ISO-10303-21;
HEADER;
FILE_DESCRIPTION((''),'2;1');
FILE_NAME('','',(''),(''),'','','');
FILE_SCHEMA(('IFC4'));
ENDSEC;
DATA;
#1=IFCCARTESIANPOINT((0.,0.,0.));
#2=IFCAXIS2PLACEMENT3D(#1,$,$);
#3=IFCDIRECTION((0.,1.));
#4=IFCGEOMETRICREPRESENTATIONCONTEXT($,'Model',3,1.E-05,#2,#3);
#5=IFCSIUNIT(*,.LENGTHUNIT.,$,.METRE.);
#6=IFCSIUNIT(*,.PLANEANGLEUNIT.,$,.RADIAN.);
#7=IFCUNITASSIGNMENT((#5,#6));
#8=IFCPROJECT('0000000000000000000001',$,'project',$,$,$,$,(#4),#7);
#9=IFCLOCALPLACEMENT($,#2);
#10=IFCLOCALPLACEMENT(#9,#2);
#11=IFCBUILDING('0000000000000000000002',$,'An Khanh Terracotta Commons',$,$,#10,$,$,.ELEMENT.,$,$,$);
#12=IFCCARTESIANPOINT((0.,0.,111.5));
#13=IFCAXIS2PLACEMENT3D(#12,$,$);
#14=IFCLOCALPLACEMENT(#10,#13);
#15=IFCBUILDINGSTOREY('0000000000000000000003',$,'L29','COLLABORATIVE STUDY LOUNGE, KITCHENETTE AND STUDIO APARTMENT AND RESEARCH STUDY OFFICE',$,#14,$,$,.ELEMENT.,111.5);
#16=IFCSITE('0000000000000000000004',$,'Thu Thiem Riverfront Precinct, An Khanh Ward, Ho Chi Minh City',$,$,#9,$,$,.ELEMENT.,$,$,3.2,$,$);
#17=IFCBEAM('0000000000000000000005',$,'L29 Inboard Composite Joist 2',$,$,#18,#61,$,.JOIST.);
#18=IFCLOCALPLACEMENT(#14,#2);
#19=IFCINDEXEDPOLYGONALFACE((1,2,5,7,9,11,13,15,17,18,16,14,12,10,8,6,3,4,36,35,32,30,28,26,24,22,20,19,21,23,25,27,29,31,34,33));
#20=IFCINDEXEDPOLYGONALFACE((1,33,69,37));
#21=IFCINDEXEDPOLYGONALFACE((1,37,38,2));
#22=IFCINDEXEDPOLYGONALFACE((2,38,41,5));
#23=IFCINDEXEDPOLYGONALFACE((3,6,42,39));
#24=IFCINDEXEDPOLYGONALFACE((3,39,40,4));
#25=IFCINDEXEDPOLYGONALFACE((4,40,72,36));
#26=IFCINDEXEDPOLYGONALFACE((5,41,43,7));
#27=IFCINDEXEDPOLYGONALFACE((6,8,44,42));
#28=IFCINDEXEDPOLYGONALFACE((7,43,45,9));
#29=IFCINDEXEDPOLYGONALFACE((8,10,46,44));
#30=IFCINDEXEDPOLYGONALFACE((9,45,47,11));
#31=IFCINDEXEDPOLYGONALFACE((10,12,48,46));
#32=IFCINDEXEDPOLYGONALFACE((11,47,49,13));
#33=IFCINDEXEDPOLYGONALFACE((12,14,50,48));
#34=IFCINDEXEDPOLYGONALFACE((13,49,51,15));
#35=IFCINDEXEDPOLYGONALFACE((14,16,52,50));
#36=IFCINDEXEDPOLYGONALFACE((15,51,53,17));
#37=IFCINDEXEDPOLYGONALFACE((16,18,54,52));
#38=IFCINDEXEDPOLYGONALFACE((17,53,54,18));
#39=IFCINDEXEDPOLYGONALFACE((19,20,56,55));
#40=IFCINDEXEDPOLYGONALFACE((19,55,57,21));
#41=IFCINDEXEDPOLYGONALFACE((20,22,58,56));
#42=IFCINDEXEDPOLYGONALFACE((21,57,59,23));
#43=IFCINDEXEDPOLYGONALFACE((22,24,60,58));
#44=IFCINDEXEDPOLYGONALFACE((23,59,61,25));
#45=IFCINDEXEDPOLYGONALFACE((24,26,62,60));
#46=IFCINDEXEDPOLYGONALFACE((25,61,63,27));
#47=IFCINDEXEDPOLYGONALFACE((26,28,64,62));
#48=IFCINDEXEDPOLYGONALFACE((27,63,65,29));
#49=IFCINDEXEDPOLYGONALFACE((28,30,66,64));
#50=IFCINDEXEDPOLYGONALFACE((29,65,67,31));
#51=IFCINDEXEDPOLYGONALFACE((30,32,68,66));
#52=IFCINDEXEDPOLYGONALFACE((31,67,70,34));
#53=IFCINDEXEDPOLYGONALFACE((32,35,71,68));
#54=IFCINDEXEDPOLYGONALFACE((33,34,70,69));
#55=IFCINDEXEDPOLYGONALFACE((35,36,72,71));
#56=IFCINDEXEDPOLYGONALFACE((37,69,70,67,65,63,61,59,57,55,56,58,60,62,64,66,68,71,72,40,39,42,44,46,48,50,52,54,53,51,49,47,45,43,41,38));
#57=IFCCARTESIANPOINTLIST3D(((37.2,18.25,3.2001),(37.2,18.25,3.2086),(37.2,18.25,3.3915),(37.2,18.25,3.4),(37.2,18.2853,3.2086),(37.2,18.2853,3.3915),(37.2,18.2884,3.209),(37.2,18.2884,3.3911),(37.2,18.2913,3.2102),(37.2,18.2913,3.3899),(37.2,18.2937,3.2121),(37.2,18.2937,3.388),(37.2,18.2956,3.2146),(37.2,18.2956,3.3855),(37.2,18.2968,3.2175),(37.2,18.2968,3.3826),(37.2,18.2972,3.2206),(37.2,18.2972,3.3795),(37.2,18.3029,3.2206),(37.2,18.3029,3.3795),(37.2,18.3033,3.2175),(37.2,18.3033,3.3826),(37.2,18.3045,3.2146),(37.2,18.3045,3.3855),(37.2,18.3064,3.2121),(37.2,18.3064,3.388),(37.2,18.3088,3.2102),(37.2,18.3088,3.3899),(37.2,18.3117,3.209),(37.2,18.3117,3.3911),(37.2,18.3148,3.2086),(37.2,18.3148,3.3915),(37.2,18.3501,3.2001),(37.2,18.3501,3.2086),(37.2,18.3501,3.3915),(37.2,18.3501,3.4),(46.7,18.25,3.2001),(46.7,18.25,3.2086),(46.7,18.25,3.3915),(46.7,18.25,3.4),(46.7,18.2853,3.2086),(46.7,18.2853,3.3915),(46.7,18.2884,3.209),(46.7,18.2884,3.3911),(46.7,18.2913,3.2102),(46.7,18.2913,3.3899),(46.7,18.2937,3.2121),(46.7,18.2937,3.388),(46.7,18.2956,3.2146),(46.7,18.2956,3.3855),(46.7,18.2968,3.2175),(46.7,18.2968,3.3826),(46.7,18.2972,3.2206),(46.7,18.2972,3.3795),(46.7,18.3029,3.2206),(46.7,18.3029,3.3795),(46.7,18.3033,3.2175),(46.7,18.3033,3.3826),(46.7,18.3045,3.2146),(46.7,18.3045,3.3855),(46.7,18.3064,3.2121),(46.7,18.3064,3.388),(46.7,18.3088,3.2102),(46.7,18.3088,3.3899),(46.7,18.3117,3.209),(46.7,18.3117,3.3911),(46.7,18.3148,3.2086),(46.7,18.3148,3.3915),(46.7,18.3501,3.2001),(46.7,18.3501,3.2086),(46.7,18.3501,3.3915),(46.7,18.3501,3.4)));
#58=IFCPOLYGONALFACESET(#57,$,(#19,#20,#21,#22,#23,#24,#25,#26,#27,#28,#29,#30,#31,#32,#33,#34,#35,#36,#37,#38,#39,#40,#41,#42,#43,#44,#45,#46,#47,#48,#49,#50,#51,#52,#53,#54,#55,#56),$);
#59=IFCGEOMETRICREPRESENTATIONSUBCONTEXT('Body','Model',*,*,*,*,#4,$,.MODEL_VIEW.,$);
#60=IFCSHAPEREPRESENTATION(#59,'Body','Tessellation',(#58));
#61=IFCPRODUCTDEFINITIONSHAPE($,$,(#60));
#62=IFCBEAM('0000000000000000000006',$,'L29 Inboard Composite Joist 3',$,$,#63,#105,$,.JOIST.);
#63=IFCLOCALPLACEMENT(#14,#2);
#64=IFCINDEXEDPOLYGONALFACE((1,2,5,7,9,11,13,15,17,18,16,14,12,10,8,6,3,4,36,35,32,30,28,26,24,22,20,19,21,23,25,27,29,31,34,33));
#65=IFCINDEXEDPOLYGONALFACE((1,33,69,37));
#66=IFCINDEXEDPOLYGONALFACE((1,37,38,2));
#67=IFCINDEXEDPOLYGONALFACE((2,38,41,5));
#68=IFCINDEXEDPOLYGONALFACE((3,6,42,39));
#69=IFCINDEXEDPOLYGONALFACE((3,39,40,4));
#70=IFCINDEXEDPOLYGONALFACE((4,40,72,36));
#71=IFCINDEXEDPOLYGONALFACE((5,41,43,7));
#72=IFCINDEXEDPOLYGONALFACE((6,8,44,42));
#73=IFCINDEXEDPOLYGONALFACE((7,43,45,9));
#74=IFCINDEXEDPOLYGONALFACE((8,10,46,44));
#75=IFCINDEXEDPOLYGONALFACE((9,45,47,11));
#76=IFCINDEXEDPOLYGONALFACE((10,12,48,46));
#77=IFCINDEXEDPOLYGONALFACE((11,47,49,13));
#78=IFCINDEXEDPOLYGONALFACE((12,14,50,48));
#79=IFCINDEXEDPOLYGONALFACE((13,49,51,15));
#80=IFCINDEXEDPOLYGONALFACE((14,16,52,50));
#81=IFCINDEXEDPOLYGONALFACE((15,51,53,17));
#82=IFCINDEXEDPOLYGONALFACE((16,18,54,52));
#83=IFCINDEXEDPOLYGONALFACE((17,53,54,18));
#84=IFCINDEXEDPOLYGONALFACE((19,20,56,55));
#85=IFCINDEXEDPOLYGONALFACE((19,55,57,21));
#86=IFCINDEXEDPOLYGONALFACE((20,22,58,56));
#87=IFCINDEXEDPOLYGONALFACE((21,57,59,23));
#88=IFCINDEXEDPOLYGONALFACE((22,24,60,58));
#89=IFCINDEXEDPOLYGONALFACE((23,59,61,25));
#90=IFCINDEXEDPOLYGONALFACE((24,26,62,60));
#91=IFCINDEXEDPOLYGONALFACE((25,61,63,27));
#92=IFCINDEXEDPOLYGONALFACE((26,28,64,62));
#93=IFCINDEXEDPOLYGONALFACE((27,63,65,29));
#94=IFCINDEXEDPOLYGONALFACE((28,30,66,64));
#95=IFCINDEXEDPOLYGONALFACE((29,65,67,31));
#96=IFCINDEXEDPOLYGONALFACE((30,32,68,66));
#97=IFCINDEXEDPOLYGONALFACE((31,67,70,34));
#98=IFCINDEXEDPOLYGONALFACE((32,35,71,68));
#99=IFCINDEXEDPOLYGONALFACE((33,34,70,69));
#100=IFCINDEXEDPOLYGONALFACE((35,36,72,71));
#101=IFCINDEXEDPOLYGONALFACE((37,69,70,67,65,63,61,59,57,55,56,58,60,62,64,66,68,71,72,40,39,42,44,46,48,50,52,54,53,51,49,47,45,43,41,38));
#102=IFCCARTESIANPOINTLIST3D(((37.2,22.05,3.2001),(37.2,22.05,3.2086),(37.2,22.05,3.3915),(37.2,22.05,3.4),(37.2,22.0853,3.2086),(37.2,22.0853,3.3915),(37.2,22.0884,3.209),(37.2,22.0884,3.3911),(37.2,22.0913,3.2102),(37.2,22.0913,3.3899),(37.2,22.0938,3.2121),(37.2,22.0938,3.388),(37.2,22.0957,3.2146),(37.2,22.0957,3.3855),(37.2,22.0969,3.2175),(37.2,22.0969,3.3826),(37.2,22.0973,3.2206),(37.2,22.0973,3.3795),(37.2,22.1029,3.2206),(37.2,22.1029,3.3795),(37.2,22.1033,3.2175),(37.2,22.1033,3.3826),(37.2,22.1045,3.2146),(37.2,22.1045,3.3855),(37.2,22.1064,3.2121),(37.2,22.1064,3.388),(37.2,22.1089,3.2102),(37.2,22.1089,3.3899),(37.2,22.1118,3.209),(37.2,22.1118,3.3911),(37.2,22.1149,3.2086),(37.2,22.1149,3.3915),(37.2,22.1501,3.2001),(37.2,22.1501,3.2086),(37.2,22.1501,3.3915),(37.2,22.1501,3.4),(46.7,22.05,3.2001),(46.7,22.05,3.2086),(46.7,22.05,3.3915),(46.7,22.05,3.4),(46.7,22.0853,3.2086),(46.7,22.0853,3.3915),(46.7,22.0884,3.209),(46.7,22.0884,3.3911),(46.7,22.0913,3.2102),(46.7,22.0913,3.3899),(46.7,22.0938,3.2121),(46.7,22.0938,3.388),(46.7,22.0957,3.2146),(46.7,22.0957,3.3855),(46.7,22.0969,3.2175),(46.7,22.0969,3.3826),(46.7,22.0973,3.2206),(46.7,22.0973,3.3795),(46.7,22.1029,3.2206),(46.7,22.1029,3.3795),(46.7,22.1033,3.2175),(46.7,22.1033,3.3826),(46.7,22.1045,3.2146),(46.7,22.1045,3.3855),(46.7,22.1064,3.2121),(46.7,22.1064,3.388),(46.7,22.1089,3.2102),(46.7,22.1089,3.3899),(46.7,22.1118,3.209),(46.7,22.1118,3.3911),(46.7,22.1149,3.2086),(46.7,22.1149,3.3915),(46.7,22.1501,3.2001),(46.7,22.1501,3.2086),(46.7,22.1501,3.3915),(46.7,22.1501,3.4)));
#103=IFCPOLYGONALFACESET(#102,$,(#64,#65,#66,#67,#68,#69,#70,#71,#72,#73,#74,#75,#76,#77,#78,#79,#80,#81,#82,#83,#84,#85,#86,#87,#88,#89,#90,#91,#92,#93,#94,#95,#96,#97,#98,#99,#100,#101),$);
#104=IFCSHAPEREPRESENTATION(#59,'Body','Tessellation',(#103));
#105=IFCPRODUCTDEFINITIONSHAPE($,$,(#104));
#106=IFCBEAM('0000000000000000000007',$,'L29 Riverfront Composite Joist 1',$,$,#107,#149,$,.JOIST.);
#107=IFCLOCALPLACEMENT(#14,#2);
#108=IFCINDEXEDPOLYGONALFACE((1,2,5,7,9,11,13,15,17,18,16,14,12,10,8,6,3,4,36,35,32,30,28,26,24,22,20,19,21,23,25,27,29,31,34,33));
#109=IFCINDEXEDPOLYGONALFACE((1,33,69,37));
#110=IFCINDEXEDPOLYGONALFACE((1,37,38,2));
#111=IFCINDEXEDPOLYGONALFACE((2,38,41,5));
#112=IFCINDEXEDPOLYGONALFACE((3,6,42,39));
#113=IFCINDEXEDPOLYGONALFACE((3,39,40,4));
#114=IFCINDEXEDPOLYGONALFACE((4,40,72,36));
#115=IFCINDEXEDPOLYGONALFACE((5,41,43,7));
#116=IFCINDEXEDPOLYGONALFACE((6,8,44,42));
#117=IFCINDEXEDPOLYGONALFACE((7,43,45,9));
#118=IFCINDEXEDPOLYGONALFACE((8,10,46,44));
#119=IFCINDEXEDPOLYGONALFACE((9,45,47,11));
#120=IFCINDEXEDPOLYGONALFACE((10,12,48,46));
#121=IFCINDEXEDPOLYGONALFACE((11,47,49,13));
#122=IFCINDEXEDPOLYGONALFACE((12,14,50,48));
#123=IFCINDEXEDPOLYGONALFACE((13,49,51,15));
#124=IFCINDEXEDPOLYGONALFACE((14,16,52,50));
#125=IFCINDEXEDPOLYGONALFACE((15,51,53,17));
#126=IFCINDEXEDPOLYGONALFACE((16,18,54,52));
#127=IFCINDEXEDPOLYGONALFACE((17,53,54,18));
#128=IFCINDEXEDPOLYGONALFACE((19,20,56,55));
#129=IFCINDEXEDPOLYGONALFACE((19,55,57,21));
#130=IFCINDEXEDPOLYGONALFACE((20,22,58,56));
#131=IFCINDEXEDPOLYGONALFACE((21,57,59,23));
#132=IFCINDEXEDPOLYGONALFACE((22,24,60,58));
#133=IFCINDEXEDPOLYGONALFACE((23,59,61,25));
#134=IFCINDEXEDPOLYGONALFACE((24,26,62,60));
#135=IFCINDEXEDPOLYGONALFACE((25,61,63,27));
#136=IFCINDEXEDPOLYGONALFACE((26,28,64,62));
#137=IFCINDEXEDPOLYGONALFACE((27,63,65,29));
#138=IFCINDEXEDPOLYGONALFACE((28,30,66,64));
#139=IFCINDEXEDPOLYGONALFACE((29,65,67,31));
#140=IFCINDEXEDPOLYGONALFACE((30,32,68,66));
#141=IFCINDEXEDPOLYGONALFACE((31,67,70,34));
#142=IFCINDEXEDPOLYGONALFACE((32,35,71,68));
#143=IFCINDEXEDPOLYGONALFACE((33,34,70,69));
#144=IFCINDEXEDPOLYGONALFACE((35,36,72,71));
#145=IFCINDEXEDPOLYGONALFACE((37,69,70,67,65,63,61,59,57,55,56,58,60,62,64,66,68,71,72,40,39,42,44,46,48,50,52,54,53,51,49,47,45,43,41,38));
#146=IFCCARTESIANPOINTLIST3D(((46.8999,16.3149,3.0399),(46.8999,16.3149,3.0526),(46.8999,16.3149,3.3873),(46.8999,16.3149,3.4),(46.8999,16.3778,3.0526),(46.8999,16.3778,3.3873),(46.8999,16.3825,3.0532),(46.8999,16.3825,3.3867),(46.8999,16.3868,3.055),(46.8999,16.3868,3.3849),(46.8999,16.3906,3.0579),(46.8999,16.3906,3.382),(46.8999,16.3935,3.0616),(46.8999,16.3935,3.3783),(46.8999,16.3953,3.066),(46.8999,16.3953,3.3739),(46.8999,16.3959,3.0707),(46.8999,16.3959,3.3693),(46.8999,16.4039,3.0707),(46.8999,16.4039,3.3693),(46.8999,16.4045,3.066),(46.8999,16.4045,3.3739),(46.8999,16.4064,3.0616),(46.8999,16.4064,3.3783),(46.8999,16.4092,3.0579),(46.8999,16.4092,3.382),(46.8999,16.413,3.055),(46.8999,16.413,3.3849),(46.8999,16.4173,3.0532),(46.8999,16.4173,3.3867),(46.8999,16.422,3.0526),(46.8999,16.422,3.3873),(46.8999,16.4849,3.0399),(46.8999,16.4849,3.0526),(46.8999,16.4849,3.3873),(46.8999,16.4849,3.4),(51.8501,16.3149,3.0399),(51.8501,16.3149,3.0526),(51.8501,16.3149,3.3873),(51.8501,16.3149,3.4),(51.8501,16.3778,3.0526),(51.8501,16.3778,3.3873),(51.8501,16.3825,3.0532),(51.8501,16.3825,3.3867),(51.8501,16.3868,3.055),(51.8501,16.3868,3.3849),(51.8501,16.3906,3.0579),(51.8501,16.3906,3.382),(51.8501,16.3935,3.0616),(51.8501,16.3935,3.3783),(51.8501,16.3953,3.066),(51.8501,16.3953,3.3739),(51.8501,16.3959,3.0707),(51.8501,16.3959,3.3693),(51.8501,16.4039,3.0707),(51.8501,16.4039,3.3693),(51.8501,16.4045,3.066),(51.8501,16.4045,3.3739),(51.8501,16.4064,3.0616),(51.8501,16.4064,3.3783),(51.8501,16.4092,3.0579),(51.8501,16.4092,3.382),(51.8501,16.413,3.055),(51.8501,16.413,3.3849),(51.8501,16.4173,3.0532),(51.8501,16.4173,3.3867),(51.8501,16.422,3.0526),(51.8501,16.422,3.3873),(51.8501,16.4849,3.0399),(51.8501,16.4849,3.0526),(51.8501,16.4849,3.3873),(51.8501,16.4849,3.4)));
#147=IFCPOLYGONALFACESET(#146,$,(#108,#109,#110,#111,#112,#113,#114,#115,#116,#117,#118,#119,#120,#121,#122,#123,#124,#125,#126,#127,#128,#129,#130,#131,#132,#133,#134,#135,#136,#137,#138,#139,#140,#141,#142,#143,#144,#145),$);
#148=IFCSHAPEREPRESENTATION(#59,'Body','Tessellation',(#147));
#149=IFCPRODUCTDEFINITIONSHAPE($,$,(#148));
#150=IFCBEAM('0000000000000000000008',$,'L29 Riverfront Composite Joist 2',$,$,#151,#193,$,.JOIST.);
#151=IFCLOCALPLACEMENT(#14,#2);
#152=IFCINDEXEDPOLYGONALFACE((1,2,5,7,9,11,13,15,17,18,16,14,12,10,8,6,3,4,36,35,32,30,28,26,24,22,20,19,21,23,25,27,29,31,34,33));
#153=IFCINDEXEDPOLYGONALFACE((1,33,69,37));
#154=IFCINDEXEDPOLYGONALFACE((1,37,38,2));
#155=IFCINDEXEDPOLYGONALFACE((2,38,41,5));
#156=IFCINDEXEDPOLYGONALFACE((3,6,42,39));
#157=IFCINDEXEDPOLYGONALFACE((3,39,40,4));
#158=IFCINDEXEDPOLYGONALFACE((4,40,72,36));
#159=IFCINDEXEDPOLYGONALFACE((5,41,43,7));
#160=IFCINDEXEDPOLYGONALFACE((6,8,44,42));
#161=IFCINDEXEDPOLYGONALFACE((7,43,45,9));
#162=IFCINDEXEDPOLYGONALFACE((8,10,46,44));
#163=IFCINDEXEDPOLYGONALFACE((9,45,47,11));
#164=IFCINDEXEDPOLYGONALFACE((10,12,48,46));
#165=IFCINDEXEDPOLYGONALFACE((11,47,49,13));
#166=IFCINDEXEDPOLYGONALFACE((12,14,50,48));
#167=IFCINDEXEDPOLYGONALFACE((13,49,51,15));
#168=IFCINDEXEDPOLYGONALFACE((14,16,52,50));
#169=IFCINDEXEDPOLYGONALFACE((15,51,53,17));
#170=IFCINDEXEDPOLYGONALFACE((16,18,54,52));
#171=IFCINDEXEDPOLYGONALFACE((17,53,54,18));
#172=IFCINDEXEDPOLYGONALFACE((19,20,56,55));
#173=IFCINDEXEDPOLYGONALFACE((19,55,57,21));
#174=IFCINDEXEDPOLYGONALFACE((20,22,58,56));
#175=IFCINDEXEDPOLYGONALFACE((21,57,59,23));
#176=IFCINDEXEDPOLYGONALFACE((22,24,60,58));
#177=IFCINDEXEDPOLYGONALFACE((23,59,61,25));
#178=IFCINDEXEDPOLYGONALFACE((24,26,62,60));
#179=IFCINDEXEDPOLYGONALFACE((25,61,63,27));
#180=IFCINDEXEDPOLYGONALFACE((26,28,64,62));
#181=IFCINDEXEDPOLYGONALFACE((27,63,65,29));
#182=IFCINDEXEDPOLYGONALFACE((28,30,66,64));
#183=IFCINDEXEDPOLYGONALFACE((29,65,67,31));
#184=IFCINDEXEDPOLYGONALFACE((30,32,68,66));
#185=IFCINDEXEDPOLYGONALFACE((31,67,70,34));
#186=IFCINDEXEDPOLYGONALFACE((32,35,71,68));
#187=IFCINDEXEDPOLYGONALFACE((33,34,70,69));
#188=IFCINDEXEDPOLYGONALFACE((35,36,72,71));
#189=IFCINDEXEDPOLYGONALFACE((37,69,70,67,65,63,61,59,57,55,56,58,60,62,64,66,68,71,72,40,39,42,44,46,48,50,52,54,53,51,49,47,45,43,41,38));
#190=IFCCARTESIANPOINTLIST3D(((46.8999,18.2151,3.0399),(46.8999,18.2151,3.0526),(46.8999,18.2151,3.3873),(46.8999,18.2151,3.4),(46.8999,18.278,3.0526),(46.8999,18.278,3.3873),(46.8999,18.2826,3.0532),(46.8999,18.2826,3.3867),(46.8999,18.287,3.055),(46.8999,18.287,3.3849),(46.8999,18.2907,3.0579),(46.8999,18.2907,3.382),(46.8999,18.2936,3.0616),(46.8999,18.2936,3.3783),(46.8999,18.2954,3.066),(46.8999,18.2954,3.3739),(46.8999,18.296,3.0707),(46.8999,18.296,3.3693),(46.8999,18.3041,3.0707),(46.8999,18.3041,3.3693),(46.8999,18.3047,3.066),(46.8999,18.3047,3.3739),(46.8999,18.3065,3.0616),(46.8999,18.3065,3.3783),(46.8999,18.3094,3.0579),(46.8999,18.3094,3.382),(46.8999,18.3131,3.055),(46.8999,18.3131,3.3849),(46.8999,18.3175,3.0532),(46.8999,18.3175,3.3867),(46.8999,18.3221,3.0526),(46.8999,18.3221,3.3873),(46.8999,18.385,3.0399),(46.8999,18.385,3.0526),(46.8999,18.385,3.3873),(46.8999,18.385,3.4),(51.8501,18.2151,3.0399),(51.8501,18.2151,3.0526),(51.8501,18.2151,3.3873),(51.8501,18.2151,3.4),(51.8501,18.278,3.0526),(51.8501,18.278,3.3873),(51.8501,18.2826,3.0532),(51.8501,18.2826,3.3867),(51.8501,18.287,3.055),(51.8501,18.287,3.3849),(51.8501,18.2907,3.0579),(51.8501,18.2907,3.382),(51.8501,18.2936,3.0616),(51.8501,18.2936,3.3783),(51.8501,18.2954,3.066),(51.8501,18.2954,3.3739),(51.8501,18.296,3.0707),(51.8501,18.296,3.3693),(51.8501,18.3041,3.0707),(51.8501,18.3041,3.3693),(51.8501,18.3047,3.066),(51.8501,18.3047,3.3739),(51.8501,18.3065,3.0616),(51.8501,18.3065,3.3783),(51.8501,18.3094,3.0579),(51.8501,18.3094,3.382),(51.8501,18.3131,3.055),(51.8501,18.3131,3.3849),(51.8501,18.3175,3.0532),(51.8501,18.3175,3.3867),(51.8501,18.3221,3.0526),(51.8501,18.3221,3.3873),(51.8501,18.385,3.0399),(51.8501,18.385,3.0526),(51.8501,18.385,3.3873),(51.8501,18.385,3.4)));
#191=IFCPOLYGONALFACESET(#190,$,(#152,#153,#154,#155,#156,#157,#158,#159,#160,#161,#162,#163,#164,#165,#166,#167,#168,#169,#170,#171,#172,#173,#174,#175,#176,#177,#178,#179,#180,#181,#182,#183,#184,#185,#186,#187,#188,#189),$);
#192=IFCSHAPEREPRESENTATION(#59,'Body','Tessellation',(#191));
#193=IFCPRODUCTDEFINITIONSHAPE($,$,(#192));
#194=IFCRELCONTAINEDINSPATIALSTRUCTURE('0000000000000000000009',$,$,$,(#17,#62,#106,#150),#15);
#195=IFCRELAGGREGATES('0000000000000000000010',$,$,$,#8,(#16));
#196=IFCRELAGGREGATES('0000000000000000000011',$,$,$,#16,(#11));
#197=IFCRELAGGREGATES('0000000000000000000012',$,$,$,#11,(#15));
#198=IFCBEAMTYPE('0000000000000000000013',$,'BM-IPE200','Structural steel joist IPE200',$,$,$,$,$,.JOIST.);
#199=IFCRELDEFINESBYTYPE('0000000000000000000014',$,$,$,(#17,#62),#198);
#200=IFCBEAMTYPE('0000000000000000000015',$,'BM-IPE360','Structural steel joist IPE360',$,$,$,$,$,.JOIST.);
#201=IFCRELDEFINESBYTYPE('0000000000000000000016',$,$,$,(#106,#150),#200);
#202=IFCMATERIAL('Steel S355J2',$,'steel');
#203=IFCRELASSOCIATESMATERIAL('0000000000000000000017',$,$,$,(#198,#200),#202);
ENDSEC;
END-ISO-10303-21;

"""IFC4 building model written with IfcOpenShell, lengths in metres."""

from ifc_helpers import new_model, si_unit, direction, frame, origin, origin_2d, place, context, subcontext, project, spatial, i_section, extrude, material, material_profile, profile_set, type_object, element, save


model = new_model("IFC4")

# Units and contexts
model_context = context("Model", 3, precision=1e-05, world=origin(), true_north=direction((0.0, 1.0)))
body_context = subcontext(model_context, "Body", "Model", "MODEL_VIEW")
ifc_project = project(units=[si_unit("LENGTHUNIT", "METRE"), si_unit("PLANEANGLEUNIT", "RADIAN")], contexts=[model_context])

# Site, building, storey
site_placement = place(None, origin())
site = spatial("IfcSite", under=ifc_project, at=site_placement, Name="Thu Thiem Riverfront Precinct, An Khanh Ward, Ho Chi Minh City", CompositionType="ELEMENT", RefElevation=3.2)
building_placement = place(site_placement, origin())
building = spatial("IfcBuilding", under=site, at=building_placement, Name="An Khanh Terracotta Commons", CompositionType="ELEMENT")
storey_placement = place(building_placement, frame((0.0, 0.0, 111.5)))
storey = spatial("IfcBuildingStorey", under=building, at=storey_placement, Name="L29", Description="COLLABORATIVE STUDY LOUNGE, KITCHENETTE AND STUDIO APARTMENT AND RESEARCH STUDY OFFICE", CompositionType="ELEMENT", Elevation=111.5)

# Beams
ifc_material_1 = material(Name="Steel S355J2", Category="steel")
ifc_material_profile_1 = material_profile(ifc_material_1, i_section(OverallWidth=0.1001, OverallDepth=0.2, WebThickness=0.0056, FlangeThickness=0.0085, FilletRadius=0.012, at=origin_2d()), Name="IPE200")
ifc_profile_set_1 = profile_set([ifc_material_profile_1], Name="Steel S355J2")
beam_type_1 = type_object("IfcBeamType", Name="BM-IPE200", Description="Structural steel joist IPE200", PredefinedType="JOIST", material=ifc_profile_set_1)
for number, where, z_axis, x_axis, name in (
    (1, (37.2, 18.3, 3.3), (1.0, 0.0, 0.0), (0.0, 1.0, 0.0), "L29 Inboard Composite Joist 2"),
    (2, (37.2, 22.1001, 3.3), (1.0, 0.0, 0.0), (0.0, 1.0, 0.0), "L29 Inboard Composite Joist 3"),
):
    element("IfcBeam", number, at=place(storey_placement, frame(where, z_axis=z_axis, x_axis=x_axis)), inside=storey, type_object=beam_type_1, Name=name, PredefinedType="JOIST", context=body_context, shape_type="SweptSolid", body=[
        extrude(i_section(OverallWidth=0.1001, OverallDepth=0.2, WebThickness=0.0056, FlangeThickness=0.0085, FilletRadius=0.012, at=origin_2d()), origin(), (0.0, 0.0, 1.0), 9.5),
    ])
ifc_material_profile_2 = material_profile(ifc_material_1, i_section(OverallWidth=0.1699, OverallDepth=0.3601, WebThickness=0.0081, FlangeThickness=0.0127, FilletRadius=0.0181, at=origin_2d()), Name="IPE360")
ifc_profile_set_2 = profile_set([ifc_material_profile_2], Name="Steel S355J2")
beam_type_2 = type_object("IfcBeamType", Name="BM-IPE360", Description="Structural steel joist IPE360", PredefinedType="JOIST", material=ifc_profile_set_2)
for number, where, z_axis, x_axis, name in (
    (3, (46.8999, 16.3999, 3.22), (1.0, 0.0, 0.0), (0.0, 1.0, 0.0), "L29 Riverfront Composite Joist 1"),
    (4, (46.8999, 18.3, 3.22), (1.0, 0.0, 0.0), (0.0, 1.0, 0.0), "L29 Riverfront Composite Joist 2"),
):
    element("IfcBeam", number, at=place(storey_placement, frame(where, z_axis=z_axis, x_axis=x_axis)), inside=storey, type_object=beam_type_2, Name=name, PredefinedType="JOIST", context=body_context, shape_type="SweptSolid", body=[
        extrude(i_section(OverallWidth=0.1699, OverallDepth=0.3601, WebThickness=0.0081, FlangeThickness=0.0127, FilletRadius=0.0181, at=origin_2d()), origin(), (0.0, 0.0, 1.0), 4.9502),
    ])

save(model, "model.ifc")
